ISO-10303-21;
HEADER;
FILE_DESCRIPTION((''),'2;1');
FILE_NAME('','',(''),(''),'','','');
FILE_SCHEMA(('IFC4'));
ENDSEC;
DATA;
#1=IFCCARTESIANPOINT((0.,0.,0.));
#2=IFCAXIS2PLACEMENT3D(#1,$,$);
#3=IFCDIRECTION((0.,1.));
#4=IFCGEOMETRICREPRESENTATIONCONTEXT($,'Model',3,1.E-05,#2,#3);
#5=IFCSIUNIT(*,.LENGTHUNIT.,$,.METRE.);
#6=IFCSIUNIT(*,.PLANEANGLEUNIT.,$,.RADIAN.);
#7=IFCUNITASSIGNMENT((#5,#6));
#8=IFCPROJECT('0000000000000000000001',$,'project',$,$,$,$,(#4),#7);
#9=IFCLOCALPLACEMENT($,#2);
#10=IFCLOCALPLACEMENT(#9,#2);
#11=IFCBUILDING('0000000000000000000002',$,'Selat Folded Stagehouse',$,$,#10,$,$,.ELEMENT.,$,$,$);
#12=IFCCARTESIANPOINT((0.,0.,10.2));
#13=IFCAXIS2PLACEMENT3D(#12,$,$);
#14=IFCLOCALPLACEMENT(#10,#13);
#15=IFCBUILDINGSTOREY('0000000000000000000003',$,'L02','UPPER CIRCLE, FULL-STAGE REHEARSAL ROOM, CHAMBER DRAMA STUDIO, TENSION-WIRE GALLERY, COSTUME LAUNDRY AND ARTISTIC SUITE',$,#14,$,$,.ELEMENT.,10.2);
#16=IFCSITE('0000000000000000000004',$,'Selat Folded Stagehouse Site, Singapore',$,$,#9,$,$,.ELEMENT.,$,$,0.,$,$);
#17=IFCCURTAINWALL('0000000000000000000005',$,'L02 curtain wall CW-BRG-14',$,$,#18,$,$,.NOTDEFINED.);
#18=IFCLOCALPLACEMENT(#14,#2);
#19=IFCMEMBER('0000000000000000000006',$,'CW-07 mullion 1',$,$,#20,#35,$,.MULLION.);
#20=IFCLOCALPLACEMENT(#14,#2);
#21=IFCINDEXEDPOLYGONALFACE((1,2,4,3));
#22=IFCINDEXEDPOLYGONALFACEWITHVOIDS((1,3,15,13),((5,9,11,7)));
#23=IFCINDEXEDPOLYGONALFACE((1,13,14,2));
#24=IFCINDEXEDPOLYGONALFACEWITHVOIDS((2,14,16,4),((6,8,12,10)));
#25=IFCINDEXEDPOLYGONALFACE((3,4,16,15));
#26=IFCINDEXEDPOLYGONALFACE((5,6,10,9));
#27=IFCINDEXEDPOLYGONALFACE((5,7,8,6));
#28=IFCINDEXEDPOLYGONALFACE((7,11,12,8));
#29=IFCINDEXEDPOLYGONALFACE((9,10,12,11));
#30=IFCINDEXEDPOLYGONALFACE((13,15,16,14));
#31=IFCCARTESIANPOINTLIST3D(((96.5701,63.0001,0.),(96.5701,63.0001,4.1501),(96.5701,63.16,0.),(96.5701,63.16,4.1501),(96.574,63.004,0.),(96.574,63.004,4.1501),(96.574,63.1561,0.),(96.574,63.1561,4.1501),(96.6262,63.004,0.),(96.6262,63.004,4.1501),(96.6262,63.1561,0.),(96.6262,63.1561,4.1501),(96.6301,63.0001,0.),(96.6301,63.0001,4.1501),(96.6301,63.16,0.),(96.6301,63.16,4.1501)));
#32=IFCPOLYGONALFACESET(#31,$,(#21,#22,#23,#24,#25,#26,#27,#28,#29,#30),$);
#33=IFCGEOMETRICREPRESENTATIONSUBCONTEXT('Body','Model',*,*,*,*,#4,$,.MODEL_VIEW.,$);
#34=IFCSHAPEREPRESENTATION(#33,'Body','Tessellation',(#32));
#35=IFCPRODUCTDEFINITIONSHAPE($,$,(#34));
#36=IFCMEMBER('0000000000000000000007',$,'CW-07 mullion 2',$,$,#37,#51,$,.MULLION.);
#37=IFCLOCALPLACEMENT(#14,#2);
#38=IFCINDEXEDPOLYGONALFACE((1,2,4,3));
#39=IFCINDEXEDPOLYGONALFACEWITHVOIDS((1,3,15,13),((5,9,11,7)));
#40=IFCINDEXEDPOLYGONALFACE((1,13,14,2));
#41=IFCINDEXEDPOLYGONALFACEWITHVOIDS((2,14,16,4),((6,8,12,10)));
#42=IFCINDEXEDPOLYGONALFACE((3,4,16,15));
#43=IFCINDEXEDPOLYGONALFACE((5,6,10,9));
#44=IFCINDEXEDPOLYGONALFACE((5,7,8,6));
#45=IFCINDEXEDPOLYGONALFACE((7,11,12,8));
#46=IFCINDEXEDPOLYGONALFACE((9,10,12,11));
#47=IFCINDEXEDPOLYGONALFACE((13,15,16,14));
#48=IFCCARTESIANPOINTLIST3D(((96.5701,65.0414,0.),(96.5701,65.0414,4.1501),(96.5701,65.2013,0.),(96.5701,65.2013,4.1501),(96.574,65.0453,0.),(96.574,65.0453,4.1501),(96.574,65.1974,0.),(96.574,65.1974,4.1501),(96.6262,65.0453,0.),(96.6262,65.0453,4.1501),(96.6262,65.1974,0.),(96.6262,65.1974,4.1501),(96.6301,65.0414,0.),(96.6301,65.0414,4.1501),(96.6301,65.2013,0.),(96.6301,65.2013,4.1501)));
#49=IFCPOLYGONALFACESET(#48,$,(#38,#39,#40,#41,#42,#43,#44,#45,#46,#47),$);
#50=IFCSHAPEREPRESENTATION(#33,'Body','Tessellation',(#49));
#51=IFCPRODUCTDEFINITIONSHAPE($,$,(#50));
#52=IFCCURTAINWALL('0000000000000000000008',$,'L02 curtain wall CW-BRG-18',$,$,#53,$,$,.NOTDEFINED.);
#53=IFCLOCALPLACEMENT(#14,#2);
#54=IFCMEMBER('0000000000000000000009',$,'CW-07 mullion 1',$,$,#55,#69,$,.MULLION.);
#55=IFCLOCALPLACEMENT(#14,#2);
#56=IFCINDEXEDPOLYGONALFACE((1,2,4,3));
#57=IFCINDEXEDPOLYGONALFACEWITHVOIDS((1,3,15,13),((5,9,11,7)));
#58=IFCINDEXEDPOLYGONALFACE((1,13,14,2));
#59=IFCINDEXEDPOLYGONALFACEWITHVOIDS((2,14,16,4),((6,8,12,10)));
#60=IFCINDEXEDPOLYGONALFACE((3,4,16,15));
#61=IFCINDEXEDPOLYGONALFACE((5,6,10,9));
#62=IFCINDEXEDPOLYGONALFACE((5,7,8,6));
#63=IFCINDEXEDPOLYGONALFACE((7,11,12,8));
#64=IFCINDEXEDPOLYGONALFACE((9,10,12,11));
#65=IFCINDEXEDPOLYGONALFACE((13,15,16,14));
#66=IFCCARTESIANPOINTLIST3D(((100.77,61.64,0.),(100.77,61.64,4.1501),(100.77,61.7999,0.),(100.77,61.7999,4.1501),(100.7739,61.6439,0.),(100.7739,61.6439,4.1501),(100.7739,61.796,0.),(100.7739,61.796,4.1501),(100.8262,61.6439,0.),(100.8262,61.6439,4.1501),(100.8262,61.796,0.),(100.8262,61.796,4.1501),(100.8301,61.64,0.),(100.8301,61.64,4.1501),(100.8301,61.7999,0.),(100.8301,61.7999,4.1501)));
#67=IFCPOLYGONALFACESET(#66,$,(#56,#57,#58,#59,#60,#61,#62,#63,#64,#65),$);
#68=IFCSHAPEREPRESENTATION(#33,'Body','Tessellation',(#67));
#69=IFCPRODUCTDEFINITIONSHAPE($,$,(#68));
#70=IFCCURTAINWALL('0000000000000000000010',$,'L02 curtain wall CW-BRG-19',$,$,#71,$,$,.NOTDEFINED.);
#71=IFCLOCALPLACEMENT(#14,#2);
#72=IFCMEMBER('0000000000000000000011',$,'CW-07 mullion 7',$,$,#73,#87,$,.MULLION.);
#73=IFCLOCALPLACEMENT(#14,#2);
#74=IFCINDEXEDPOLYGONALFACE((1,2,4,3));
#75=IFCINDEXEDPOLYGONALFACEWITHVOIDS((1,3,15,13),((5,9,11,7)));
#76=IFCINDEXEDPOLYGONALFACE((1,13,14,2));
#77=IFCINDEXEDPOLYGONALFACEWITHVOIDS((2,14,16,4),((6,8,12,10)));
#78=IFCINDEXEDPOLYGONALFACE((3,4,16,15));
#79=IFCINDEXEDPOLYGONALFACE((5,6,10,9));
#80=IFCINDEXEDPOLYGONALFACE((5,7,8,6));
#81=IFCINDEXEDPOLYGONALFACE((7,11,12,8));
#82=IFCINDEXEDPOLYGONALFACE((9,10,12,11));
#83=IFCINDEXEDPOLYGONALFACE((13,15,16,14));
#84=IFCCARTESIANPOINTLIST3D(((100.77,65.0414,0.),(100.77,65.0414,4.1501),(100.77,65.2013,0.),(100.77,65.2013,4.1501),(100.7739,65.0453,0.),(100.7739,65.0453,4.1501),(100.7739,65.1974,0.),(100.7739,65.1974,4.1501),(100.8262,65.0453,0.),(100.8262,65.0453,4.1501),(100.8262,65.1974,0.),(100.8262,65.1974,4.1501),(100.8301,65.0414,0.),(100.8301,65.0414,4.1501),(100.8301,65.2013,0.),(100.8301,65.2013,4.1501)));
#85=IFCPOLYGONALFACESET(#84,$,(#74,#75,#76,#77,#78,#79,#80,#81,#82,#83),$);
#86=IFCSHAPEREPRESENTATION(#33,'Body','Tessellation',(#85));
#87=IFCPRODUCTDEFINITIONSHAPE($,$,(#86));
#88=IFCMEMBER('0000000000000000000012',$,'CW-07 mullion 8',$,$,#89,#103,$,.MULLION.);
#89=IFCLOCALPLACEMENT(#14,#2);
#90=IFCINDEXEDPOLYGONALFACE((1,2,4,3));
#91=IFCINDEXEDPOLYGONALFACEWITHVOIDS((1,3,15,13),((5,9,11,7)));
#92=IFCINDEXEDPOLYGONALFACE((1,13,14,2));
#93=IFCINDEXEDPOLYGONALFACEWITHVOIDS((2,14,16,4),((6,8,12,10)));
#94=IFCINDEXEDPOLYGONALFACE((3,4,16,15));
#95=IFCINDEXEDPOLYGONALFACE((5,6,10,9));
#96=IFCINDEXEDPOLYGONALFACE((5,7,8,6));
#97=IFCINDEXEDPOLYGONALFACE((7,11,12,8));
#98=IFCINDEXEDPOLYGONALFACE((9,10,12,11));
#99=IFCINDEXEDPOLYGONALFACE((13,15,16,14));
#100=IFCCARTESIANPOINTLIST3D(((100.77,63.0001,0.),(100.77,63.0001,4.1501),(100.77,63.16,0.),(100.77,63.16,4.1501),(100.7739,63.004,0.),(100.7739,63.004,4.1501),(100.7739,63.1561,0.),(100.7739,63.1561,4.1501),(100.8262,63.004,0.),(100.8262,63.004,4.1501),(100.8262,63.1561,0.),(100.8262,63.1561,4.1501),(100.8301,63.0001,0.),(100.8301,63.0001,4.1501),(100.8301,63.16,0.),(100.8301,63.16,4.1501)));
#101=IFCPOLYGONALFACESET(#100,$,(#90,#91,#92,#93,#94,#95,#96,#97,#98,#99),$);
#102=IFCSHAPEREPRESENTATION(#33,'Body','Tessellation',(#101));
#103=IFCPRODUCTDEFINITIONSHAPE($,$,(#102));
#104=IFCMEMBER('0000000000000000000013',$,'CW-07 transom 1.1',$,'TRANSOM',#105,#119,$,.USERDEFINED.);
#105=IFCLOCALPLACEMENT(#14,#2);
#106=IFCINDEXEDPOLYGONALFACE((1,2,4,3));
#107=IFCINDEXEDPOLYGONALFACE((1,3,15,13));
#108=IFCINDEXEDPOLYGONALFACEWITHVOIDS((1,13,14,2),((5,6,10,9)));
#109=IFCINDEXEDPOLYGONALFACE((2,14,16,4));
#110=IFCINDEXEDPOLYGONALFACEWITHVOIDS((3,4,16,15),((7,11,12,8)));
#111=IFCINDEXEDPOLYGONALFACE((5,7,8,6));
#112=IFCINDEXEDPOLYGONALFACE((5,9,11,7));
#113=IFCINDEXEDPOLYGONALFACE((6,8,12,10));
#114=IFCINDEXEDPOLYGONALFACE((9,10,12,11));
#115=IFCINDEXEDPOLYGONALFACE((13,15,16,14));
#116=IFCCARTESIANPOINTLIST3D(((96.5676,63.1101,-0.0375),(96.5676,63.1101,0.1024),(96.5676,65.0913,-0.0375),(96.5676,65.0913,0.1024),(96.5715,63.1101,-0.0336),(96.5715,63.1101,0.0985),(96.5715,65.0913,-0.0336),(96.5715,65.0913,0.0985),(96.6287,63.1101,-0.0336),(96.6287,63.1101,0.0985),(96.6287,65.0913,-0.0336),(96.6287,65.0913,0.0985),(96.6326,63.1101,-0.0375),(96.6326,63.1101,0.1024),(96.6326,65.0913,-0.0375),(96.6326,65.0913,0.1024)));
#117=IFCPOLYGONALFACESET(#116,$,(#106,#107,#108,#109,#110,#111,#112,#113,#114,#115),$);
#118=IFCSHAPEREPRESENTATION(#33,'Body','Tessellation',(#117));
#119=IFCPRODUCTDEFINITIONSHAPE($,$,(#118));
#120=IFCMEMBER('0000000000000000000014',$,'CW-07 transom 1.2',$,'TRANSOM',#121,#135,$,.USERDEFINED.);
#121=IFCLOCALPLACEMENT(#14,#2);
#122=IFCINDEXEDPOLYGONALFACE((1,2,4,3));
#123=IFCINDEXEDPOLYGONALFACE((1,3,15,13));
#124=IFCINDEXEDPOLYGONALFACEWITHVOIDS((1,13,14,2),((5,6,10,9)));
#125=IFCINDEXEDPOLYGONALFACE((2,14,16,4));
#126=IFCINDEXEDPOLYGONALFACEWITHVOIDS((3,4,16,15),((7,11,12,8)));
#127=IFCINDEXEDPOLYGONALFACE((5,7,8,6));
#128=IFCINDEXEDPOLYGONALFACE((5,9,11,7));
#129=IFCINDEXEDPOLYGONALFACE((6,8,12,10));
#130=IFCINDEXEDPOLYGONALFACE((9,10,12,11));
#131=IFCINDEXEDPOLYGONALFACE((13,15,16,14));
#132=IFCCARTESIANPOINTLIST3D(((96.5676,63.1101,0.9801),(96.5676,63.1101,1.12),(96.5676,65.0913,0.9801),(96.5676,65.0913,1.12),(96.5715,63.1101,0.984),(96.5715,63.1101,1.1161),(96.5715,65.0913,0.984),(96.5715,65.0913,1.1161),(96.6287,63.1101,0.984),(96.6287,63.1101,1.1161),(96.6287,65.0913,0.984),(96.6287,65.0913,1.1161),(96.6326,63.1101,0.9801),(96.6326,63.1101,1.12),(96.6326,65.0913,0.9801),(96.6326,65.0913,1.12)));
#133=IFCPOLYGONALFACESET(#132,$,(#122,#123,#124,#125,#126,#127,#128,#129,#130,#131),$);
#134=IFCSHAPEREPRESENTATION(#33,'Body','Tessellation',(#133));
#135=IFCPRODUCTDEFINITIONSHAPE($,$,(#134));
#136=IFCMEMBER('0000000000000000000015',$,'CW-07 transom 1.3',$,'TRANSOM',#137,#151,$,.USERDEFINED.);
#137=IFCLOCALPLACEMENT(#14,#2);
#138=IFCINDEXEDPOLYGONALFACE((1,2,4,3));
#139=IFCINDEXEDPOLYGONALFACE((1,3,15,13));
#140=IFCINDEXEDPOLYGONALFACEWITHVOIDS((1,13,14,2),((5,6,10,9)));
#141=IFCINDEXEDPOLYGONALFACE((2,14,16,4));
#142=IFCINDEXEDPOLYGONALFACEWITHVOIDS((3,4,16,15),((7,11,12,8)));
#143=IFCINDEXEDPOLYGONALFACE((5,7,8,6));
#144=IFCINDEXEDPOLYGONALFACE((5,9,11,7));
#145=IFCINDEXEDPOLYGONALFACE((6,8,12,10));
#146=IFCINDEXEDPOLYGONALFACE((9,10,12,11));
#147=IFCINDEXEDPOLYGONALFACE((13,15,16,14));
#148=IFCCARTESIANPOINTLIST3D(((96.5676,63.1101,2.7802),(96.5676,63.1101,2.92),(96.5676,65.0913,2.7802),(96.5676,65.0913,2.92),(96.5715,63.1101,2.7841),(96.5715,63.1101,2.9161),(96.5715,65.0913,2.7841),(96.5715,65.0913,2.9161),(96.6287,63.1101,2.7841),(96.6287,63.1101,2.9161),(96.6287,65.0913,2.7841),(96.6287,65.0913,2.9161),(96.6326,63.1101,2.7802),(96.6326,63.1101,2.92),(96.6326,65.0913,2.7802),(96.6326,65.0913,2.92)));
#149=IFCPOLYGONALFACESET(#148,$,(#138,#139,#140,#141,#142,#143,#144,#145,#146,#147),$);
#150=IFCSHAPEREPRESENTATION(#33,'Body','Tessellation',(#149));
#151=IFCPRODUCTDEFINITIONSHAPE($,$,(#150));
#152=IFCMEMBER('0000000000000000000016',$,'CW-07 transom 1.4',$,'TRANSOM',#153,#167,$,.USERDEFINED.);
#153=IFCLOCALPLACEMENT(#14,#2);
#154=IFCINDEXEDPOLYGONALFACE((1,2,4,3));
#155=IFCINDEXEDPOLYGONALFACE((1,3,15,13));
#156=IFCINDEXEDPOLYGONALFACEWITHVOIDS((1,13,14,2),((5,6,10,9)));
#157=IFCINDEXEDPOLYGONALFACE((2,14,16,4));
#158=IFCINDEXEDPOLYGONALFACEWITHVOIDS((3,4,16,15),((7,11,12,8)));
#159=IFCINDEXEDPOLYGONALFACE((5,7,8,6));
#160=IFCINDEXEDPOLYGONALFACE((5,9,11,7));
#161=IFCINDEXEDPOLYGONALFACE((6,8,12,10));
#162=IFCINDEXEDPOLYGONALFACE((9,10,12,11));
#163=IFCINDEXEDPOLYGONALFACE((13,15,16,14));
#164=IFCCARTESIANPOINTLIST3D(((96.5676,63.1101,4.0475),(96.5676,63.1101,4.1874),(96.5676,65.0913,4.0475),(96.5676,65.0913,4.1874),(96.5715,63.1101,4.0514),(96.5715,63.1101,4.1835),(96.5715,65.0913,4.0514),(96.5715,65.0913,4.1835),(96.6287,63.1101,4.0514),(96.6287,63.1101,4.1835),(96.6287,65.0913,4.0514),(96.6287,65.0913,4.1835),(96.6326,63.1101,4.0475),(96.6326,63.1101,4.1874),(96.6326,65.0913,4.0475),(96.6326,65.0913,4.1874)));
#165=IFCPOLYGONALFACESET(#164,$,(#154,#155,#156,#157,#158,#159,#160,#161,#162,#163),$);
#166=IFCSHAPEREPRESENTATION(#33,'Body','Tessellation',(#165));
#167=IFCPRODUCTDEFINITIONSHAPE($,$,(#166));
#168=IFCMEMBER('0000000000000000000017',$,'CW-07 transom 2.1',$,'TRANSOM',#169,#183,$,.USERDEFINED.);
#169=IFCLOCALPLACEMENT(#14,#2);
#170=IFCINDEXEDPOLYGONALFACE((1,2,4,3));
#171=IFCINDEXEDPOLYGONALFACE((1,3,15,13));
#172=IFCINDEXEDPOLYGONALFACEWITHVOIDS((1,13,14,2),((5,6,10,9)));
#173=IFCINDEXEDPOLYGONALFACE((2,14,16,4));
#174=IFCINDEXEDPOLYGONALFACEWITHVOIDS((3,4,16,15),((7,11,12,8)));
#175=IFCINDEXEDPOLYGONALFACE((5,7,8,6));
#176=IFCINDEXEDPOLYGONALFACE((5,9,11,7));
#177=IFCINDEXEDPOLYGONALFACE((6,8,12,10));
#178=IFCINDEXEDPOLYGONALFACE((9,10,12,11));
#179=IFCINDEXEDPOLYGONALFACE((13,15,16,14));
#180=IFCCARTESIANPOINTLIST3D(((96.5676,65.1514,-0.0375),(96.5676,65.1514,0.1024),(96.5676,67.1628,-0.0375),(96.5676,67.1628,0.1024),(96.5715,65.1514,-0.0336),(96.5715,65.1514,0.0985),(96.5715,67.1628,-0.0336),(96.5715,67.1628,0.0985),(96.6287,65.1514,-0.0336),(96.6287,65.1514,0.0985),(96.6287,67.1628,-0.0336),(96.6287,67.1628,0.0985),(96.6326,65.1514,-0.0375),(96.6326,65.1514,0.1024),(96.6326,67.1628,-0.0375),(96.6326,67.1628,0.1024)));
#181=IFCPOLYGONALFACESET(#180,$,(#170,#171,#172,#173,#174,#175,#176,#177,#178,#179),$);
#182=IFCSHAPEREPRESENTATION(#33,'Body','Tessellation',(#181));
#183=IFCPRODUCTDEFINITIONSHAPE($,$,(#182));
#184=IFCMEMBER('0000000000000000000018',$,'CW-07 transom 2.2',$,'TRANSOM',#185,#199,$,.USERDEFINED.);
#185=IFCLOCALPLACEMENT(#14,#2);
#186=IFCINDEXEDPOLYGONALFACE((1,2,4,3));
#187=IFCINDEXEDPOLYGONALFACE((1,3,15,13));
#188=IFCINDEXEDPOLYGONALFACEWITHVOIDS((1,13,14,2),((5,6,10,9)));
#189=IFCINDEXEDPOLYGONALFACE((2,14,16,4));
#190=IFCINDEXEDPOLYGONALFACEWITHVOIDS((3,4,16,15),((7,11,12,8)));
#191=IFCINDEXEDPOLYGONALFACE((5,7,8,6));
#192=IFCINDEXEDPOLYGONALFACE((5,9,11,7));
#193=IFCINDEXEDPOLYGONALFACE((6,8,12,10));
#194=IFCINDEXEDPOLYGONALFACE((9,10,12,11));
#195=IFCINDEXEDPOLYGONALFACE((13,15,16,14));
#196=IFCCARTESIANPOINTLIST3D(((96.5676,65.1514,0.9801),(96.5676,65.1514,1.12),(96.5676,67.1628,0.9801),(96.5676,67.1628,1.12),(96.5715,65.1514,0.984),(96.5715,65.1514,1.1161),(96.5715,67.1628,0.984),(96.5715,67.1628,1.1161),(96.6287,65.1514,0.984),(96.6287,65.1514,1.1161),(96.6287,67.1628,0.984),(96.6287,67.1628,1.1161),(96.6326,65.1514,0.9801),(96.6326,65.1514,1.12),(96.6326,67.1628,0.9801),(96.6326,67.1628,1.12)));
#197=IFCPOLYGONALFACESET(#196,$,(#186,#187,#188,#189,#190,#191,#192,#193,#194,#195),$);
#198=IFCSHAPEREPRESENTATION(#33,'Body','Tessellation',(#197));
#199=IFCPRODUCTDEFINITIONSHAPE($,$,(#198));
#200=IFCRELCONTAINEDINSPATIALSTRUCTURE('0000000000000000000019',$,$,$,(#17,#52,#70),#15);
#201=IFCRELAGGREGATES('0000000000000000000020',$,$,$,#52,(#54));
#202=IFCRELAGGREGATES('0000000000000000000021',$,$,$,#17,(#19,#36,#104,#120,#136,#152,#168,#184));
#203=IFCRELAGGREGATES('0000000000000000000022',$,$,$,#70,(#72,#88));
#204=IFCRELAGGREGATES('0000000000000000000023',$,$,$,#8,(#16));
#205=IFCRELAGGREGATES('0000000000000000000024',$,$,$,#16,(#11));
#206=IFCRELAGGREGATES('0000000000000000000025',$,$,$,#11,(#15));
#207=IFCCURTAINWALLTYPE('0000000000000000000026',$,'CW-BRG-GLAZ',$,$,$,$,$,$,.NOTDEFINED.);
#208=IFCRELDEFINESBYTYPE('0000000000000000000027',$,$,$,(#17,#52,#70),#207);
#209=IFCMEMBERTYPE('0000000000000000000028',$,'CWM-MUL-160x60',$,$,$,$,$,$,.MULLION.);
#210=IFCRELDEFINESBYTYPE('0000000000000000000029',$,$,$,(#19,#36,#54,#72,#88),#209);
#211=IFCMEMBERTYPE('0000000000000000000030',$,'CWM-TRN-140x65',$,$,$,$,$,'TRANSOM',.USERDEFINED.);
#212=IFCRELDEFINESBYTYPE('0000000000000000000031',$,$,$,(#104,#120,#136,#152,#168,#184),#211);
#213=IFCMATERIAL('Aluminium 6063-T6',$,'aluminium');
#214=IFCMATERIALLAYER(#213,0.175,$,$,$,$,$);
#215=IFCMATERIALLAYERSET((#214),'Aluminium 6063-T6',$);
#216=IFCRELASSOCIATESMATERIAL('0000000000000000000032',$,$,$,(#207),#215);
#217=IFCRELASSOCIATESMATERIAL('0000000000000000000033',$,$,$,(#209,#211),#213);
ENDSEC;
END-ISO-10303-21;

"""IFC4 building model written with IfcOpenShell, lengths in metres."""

from ifc_helpers import new_model, si_unit, direction, frame, origin, origin_2d, place, context, subcontext, project, spatial, hollow_rectangle, extrude, material, layer, layer_set, material_profile, profile_set, type_object, element, aggregate, save


model = new_model("IFC4")

# Units and contexts
model_context = context("Model", 3, precision=1e-05, world=origin(), true_north=direction((0.0, 1.0)))
body_context = subcontext(model_context, "Body", "Model", "MODEL_VIEW")
ifc_project = project(units=[si_unit("LENGTHUNIT", "METRE"), si_unit("PLANEANGLEUNIT", "RADIAN")], contexts=[model_context])

# Site, building, storey
site_placement = place(None, origin())
site = spatial("IfcSite", under=ifc_project, at=site_placement, Name="Selat Folded Stagehouse Site, Singapore", CompositionType="ELEMENT", RefElevation=0.0)
building_placement = place(site_placement, origin())
building = spatial("IfcBuilding", under=site, at=building_placement, Name="Selat Folded Stagehouse", CompositionType="ELEMENT")
storey_placement = place(building_placement, frame((0.0, 0.0, 10.2)))
storey = spatial("IfcBuildingStorey", under=building, at=storey_placement, Name="L02", Description="UPPER CIRCLE, FULL-STAGE REHEARSAL ROOM, CHAMBER DRAMA STUDIO, TENSION-WIRE GALLERY, COSTUME LAUNDRY AND ARTISTIC SUITE", CompositionType="ELEMENT", Elevation=10.2)

# Curtain wall, members
ifc_material_1 = material(Name="Aluminium 6063-T6", Category="aluminium")
ifc_layer_1 = layer(ifc_material_1, 0.175)
ifc_layer_set_1 = layer_set([ifc_layer_1], Name="Aluminium 6063-T6")
curtain_wall_type = type_object("IfcCurtainWallType", Name="CW-BRG-GLAZ", PredefinedType="NOTDEFINED", material=ifc_layer_set_1)
curtain_wall_1_placement = place(storey_placement, origin())
curtain_wall_1 = element("IfcCurtainWall", 1, at=curtain_wall_1_placement, inside=storey, type_object=curtain_wall_type, Name="L02 curtain wall CW-BRG-14", PredefinedType="NOTDEFINED")
ifc_material_profile_1 = material_profile(ifc_material_1, hollow_rectangle(XDim=0.0601, YDim=0.1599, WallThickness=0.0039, at=origin_2d()), Name="ALU 160x60x4.0")
ifc_profile_set_1 = profile_set([ifc_material_profile_1], Name="Aluminium 6063-T6")
member_type_1 = type_object("IfcMemberType", Name="CWM-MUL-160x60", PredefinedType="MULLION", material=ifc_profile_set_1)
member_1_placement = place(storey_placement, frame((96.6001, 63.0801, 0.0), z_axis=(0.0, 0.0, 1.0), x_axis=(-1.0, 0.0, 0.0)))
member_1 = element("IfcMember", 2, at=member_1_placement, type_object=member_type_1, Name="CW-07 mullion 1", PredefinedType="MULLION", context=body_context, shape_type="SweptSolid", body=[
    extrude(hollow_rectangle(XDim=0.0601, YDim=0.1599, WallThickness=0.0039, at=origin_2d()), origin(), (0.0, 0.0, 1.0), 4.1501),
])
member_2_placement = place(storey_placement, frame((96.6001, 65.1213, 0.0), z_axis=(0.0, 0.0, 1.0), x_axis=(-1.0, 0.0, 0.0)))
member_2 = element("IfcMember", 3, at=member_2_placement, type_object=member_type_1, Name="CW-07 mullion 2", PredefinedType="MULLION", context=body_context, shape_type="SweptSolid", body=[
    extrude(hollow_rectangle(XDim=0.0601, YDim=0.1599, WallThickness=0.0039, at=origin_2d()), origin(), (0.0, 0.0, 1.0), 4.1501),
])

# Curtain wall, member
curtain_wall_2_placement = place(storey_placement, origin())
curtain_wall_2 = element("IfcCurtainWall", 4, at=curtain_wall_2_placement, inside=storey, type_object=curtain_wall_type, Name="L02 curtain wall CW-BRG-18", PredefinedType="NOTDEFINED")
member_3_placement = place(storey_placement, frame((100.8, 61.72, 0.0), z_axis=(0.0, 0.0, 1.0), x_axis=(1.0, 0.0, 0.0)))
member_3 = element("IfcMember", 5, at=member_3_placement, type_object=member_type_1, Name="CW-07 mullion 1", PredefinedType="MULLION", context=body_context, shape_type="SweptSolid", body=[
    extrude(hollow_rectangle(XDim=0.0601, YDim=0.1599, WallThickness=0.0039, at=origin_2d()), origin(), (0.0, 0.0, 1.0), 4.1501),
])
aggregate(curtain_wall_2, [member_3])

# Curtain wall, members
curtain_wall_3_placement = place(storey_placement, origin())
curtain_wall_3 = element("IfcCurtainWall", 6, at=curtain_wall_3_placement, inside=storey, type_object=curtain_wall_type, Name="L02 curtain wall CW-BRG-19", PredefinedType="NOTDEFINED")
member_4_placement = place(storey_placement, frame((100.8, 65.1213, 0.0), z_axis=(0.0, 0.0, 1.0), x_axis=(1.0, 0.0, 0.0)))
member_4 = element("IfcMember", 7, at=member_4_placement, type_object=member_type_1, Name="CW-07 mullion 7", PredefinedType="MULLION", context=body_context, shape_type="SweptSolid", body=[
    extrude(hollow_rectangle(XDim=0.0601, YDim=0.1599, WallThickness=0.0039, at=origin_2d()), origin(), (0.0, 0.0, 1.0), 4.1501),
])
member_5_placement = place(storey_placement, frame((100.8, 63.0801, 0.0), z_axis=(0.0, 0.0, 1.0), x_axis=(1.0, 0.0, 0.0)))
member_5 = element("IfcMember", 8, at=member_5_placement, type_object=member_type_1, Name="CW-07 mullion 8", PredefinedType="MULLION", context=body_context, shape_type="SweptSolid", body=[
    extrude(hollow_rectangle(XDim=0.0601, YDim=0.1599, WallThickness=0.0039, at=origin_2d()), origin(), (0.0, 0.0, 1.0), 4.1501),
])

# Members
ifc_material_profile_2 = material_profile(ifc_material_1, hollow_rectangle(XDim=0.0649, YDim=0.1399, WallThickness=0.0039, at=origin_2d()), Name="ALU 140x65x4.0")
ifc_profile_set_2 = profile_set([ifc_material_profile_2], Name="Aluminium 6063-T6")
member_type_2 = type_object("IfcMemberType", Name="CWM-TRN-140x65", ElementType="TRANSOM", PredefinedType="USERDEFINED", material=ifc_profile_set_2)
member_6_placement = place(storey_placement, frame((96.6001, 63.1101, 0.0325), z_axis=(0.0, 1.0, 0.0), x_axis=(-1.0, 0.0, 0.0)))
member_6 = element("IfcMember", 9, at=member_6_placement, type_object=member_type_2, Name="CW-07 transom 1.1", ObjectType="TRANSOM", PredefinedType="USERDEFINED", context=body_context, shape_type="SweptSolid", body=[
    extrude(hollow_rectangle(XDim=0.0649, YDim=0.1399, WallThickness=0.0039, at=origin_2d()), origin(), (0.0, 0.0, 1.0), 1.9812),
])
member_7_placement = place(storey_placement, frame((96.6001, 63.1101, 1.05), z_axis=(0.0, 1.0, 0.0), x_axis=(-1.0, 0.0, 0.0)))
member_7 = element("IfcMember", 10, at=member_7_placement, type_object=member_type_2, Name="CW-07 transom 1.2", ObjectType="TRANSOM", PredefinedType="USERDEFINED", context=body_context, shape_type="SweptSolid", body=[
    extrude(hollow_rectangle(XDim=0.0649, YDim=0.1399, WallThickness=0.0039, at=origin_2d()), origin(), (0.0, 0.0, 1.0), 1.9812),
])
member_8_placement = place(storey_placement, frame((96.6001, 63.1101, 2.8501), z_axis=(0.0, 1.0, 0.0), x_axis=(-1.0, 0.0, 0.0)))
member_8 = element("IfcMember", 11, at=member_8_placement, type_object=member_type_2, Name="CW-07 transom 1.3", ObjectType="TRANSOM", PredefinedType="USERDEFINED", context=body_context, shape_type="SweptSolid", body=[
    extrude(hollow_rectangle(XDim=0.0649, YDim=0.1399, WallThickness=0.0039, at=origin_2d()), origin(), (0.0, 0.0, 1.0), 1.9812),
])
member_9_placement = place(storey_placement, frame((96.6001, 63.1101, 4.1174), z_axis=(0.0, 1.0, 0.0), x_axis=(-1.0, 0.0, 0.0)))
member_9 = element("IfcMember", 12, at=member_9_placement, type_object=member_type_2, Name="CW-07 transom 1.4", ObjectType="TRANSOM", PredefinedType="USERDEFINED", context=body_context, shape_type="SweptSolid", body=[
    extrude(hollow_rectangle(XDim=0.0649, YDim=0.1399, WallThickness=0.0039, at=origin_2d()), origin(), (0.0, 0.0, 1.0), 1.9812),
])
member_10_placement = place(storey_placement, frame((96.6001, 65.1514, 0.0325), z_axis=(0.0, 1.0, 0.0), x_axis=(-1.0, 0.0, 0.0)))
member_10 = element("IfcMember", 13, at=member_10_placement, type_object=member_type_2, Name="CW-07 transom 2.1", ObjectType="TRANSOM", PredefinedType="USERDEFINED", context=body_context, shape_type="SweptSolid", body=[
    extrude(hollow_rectangle(XDim=0.0649, YDim=0.1399, WallThickness=0.0039, at=origin_2d()), origin(), (0.0, 0.0, 1.0), 2.0115),
])
member_11_placement = place(storey_placement, frame((96.6001, 65.1514, 1.05), z_axis=(0.0, 1.0, 0.0), x_axis=(-1.0, 0.0, 0.0)))
member_11 = element("IfcMember", 14, at=member_11_placement, type_object=member_type_2, Name="CW-07 transom 2.2", ObjectType="TRANSOM", PredefinedType="USERDEFINED", context=body_context, shape_type="SweptSolid", body=[
    extrude(hollow_rectangle(XDim=0.0649, YDim=0.1399, WallThickness=0.0039, at=origin_2d()), origin(), (0.0, 0.0, 1.0), 2.0115),
])

aggregate(curtain_wall_1, [member_1, member_2, member_6, member_7, member_8, member_9, member_10, member_11])
aggregate(curtain_wall_3, [member_4, member_5])

save(model, "model.ifc")
